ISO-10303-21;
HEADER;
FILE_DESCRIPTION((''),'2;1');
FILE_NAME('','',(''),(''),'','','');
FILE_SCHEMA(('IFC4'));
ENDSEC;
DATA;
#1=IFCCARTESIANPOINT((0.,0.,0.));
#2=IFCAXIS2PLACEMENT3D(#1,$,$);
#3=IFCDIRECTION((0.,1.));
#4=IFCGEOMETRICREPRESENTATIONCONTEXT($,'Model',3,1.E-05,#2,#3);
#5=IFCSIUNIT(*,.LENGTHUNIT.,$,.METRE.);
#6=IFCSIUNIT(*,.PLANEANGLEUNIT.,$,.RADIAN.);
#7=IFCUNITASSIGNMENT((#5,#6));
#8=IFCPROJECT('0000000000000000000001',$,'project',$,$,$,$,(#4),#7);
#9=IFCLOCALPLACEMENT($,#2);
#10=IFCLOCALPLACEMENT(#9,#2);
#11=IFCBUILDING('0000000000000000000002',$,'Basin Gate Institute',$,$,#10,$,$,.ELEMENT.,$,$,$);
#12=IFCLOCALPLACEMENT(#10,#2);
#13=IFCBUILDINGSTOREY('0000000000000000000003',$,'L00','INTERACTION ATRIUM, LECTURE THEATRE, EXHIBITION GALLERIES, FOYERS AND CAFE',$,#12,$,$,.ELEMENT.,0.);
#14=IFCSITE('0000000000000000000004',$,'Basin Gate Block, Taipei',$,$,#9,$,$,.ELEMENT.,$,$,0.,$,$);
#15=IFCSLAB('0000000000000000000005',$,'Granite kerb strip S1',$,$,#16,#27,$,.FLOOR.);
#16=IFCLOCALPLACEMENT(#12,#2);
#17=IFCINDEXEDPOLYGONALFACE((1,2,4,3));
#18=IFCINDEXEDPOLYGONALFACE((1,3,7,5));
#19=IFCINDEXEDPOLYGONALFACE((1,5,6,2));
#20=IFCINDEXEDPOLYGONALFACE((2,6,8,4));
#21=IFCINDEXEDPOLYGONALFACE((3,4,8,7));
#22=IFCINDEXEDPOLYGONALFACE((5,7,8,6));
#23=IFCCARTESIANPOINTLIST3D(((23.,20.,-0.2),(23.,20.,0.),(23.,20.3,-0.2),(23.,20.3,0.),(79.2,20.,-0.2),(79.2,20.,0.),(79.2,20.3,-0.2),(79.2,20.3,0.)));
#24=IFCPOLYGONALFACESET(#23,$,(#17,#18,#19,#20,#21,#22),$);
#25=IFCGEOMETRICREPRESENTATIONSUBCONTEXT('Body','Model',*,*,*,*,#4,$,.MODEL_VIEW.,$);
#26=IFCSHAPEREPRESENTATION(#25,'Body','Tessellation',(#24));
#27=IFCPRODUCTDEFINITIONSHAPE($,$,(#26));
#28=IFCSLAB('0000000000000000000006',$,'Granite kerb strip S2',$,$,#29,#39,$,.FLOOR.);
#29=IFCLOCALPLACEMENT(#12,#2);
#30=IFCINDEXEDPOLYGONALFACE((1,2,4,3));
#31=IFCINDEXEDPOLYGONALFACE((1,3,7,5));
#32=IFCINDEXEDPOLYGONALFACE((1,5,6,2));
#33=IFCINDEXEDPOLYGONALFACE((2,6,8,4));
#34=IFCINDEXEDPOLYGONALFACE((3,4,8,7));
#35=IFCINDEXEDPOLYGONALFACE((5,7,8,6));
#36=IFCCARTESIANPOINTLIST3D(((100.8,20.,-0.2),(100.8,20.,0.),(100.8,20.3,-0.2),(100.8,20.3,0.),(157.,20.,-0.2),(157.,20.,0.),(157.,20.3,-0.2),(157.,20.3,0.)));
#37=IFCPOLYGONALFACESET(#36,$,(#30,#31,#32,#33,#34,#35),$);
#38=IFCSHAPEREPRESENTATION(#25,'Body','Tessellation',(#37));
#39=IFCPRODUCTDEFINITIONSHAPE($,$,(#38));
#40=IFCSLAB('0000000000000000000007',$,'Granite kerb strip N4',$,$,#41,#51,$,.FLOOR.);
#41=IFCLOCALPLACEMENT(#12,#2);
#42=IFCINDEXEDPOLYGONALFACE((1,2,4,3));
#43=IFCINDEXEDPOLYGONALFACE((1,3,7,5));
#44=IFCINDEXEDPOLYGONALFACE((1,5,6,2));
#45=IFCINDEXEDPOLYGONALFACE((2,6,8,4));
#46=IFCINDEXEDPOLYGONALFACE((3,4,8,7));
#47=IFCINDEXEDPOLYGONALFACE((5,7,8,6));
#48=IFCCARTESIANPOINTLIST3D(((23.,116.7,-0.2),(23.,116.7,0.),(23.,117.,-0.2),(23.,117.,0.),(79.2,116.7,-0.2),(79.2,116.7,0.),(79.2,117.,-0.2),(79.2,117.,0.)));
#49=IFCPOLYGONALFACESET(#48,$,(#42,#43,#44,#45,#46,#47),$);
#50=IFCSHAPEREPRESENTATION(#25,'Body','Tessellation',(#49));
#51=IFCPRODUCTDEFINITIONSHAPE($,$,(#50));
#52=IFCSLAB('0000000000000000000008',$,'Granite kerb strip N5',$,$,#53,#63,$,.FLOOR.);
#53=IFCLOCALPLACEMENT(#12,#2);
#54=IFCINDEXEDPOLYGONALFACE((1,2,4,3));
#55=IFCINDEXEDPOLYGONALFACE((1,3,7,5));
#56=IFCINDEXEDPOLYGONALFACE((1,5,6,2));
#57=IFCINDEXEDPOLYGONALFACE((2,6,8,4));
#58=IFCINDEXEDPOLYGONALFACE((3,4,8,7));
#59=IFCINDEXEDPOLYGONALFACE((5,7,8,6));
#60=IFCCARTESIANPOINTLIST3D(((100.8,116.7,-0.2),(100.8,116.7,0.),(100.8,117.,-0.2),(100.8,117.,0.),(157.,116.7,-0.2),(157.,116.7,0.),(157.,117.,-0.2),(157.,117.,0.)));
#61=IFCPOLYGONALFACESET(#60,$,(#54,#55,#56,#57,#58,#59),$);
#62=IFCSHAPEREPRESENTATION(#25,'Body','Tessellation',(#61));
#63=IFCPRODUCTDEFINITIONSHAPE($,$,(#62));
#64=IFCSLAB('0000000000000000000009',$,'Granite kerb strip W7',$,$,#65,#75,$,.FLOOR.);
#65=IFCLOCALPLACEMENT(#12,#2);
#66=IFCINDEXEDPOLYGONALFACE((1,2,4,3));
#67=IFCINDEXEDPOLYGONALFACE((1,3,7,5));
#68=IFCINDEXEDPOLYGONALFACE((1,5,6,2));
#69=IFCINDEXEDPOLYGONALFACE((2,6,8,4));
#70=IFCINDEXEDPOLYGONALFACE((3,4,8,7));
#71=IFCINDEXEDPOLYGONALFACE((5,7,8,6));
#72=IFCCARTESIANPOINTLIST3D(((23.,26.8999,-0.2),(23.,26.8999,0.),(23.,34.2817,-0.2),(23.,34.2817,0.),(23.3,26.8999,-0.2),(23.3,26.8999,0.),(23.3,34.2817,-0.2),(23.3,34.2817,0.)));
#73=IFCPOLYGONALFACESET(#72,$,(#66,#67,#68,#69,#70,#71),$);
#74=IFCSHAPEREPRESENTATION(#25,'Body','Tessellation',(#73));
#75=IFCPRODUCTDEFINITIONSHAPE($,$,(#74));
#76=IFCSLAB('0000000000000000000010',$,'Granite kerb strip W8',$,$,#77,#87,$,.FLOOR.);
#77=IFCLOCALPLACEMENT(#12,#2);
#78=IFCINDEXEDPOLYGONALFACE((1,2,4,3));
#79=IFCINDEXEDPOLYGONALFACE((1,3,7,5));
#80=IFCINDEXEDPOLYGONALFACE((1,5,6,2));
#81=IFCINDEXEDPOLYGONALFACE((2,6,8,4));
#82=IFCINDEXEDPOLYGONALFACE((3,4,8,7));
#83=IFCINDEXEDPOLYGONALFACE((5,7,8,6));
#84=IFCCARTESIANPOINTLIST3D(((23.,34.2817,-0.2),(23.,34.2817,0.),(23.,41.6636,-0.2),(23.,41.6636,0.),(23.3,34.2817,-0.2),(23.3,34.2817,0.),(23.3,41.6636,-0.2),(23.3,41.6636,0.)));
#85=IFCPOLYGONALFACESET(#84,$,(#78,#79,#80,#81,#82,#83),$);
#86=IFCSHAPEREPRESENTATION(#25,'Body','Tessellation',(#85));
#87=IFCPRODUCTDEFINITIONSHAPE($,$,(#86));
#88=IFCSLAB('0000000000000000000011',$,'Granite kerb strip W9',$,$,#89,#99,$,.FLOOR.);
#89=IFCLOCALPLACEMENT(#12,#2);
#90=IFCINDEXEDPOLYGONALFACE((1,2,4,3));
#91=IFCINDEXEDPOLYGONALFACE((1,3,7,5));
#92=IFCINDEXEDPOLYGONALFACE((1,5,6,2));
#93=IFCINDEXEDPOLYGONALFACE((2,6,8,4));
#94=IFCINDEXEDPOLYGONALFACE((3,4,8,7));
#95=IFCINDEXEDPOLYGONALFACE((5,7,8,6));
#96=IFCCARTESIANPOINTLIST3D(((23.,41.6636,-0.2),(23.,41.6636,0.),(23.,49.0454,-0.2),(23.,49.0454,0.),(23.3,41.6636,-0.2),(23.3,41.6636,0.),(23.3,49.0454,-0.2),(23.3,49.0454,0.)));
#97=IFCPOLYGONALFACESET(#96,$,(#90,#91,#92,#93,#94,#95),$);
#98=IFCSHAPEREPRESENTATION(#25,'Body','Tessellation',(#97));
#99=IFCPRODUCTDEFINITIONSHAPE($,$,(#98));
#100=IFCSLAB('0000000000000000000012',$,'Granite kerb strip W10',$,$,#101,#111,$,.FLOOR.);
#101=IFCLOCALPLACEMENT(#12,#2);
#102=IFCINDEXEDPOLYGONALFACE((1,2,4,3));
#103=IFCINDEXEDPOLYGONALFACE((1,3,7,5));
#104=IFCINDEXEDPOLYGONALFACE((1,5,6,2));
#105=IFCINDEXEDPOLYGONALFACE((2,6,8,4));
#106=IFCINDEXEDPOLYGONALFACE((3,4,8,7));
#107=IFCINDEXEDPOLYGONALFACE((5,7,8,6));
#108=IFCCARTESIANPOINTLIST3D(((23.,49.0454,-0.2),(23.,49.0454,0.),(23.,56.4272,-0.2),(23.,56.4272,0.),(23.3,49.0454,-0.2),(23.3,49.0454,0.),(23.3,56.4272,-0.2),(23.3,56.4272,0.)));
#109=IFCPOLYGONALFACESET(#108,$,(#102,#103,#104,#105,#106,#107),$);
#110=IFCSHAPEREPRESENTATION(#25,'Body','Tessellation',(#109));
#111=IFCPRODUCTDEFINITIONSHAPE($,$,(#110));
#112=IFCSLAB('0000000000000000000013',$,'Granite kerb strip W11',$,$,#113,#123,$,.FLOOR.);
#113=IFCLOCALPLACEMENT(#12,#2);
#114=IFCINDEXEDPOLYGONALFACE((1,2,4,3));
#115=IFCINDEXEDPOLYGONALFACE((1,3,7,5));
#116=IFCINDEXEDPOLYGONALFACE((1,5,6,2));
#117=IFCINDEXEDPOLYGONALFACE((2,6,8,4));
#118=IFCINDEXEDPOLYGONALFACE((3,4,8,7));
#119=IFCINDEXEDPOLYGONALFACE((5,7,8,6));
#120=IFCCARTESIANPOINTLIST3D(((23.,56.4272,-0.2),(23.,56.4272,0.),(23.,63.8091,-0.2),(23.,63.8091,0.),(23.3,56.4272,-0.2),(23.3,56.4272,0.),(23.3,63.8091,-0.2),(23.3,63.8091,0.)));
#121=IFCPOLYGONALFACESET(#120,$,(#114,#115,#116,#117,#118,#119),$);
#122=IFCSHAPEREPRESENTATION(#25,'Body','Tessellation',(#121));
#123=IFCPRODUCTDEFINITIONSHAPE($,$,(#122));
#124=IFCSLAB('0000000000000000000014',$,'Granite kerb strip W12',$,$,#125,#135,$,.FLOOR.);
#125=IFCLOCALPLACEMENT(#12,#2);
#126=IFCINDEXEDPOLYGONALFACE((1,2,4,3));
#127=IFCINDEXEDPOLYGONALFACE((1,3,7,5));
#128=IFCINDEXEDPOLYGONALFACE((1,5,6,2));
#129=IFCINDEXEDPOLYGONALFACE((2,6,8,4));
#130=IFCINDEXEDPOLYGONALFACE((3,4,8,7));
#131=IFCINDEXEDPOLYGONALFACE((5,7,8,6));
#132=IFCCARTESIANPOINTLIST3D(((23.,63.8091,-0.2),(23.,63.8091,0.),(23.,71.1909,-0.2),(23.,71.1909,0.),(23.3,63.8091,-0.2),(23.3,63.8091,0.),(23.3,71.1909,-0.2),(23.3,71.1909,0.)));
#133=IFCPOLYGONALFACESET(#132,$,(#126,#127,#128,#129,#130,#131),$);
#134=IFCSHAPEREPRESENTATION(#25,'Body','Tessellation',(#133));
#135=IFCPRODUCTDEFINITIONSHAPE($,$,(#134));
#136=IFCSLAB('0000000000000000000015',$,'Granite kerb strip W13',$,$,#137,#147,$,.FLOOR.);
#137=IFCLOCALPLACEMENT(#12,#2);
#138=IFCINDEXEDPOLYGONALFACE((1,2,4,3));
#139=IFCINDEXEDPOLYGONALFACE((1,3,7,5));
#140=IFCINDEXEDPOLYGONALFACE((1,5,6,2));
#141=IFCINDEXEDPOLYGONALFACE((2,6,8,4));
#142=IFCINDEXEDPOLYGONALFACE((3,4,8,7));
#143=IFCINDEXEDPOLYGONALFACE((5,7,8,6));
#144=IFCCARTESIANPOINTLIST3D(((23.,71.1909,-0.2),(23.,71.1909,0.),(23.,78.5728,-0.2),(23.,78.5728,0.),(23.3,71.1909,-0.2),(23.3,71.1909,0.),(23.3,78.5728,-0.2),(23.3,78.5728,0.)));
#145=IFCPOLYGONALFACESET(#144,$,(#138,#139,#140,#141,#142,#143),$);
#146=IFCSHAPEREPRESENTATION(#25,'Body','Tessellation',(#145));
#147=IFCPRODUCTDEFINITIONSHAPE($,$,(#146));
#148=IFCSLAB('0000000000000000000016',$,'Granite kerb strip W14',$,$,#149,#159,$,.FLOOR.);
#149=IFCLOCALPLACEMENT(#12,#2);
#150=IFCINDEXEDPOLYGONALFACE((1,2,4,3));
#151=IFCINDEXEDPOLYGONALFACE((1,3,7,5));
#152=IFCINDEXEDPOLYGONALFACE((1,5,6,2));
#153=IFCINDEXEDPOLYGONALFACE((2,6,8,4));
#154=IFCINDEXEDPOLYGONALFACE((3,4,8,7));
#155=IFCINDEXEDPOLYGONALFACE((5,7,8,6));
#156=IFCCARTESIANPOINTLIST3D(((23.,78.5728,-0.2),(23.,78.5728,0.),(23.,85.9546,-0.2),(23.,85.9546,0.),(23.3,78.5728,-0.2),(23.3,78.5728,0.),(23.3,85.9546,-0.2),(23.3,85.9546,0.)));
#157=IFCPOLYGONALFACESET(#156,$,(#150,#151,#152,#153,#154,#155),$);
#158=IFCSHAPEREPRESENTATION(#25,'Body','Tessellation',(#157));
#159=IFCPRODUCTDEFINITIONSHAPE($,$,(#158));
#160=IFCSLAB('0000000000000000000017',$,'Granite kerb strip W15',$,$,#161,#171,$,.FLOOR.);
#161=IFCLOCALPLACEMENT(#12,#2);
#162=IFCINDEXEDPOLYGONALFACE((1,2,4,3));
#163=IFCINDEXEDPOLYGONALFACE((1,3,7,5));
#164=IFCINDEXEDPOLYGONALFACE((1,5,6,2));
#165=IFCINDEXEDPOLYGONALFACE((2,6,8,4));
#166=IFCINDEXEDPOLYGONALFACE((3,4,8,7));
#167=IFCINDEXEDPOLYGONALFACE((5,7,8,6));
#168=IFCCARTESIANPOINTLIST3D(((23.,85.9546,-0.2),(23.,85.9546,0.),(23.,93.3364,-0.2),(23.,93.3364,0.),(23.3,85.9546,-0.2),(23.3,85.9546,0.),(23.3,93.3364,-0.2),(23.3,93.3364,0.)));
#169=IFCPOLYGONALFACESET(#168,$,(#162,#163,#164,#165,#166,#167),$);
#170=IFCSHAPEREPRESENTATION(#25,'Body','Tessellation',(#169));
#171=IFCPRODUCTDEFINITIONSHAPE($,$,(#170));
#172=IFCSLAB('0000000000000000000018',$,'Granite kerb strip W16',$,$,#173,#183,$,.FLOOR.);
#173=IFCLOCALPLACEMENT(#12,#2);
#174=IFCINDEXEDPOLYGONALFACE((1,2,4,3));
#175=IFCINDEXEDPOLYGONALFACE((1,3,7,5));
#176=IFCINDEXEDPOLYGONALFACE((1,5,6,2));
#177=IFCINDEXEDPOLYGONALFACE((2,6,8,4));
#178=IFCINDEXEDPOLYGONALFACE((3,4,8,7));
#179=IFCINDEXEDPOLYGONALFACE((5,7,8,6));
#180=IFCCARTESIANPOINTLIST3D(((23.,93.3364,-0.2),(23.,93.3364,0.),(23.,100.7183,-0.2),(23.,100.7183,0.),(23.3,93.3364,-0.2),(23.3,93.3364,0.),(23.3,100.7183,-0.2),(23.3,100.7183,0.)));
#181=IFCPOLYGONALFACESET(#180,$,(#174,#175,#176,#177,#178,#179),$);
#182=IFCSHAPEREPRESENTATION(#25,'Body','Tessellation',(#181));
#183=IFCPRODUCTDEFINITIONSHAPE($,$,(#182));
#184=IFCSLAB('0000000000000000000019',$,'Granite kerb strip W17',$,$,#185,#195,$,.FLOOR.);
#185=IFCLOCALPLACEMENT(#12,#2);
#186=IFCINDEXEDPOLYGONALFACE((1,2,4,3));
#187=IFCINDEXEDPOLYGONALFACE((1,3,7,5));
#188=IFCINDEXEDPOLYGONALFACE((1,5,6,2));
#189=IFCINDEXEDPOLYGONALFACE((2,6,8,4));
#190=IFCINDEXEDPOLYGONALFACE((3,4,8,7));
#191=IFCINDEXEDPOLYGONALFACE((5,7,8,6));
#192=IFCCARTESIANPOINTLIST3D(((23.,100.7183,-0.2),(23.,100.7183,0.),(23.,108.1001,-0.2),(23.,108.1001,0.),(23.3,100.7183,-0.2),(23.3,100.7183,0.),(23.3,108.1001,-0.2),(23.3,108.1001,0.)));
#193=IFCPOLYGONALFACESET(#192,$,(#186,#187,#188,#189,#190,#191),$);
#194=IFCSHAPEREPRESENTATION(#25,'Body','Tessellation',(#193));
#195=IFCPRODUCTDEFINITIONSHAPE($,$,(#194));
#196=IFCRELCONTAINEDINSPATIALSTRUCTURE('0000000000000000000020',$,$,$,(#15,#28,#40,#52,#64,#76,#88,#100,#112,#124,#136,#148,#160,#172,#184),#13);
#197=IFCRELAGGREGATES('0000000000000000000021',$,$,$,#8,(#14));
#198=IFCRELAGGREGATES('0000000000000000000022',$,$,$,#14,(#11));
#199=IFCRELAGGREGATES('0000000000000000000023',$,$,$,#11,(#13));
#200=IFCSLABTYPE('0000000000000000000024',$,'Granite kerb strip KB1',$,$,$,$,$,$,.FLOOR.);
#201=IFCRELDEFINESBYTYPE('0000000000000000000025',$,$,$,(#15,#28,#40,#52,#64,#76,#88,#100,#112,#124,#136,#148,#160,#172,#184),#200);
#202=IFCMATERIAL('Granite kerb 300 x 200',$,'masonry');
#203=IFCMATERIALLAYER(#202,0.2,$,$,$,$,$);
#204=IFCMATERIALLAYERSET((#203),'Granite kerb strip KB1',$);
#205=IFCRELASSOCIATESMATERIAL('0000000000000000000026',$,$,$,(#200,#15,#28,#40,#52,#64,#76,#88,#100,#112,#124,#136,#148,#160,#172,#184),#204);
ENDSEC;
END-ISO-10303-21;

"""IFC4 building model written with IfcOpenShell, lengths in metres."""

from ifc_helpers import new_model, si_unit, direction, frame, origin, place, context, subcontext, project, spatial, polyline, outline, extrude, material, layer, layer_set, type_object, element, save


model = new_model("IFC4")

# Units and contexts
model_context = context("Model", 3, precision=1e-05, world=origin(), true_north=direction((0.0, 1.0)))
body_context = subcontext(model_context, "Body", "Model", "MODEL_VIEW")
ifc_project = project(units=[si_unit("LENGTHUNIT", "METRE"), si_unit("PLANEANGLEUNIT", "RADIAN")], contexts=[model_context])

# Site, building, storey
site_placement = place(None, origin())
site = spatial("IfcSite", under=ifc_project, at=site_placement, Name="Basin Gate Block, Taipei", CompositionType="ELEMENT", RefElevation=0.0)
building_placement = place(site_placement, origin())
building = spatial("IfcBuilding", under=site, at=building_placement, Name="Basin Gate Institute", CompositionType="ELEMENT")
storey_placement = place(building_placement, origin())
storey = spatial("IfcBuildingStorey", under=building, at=storey_placement, Name="L00", Description="INTERACTION ATRIUM, LECTURE THEATRE, EXHIBITION GALLERIES, FOYERS AND CAFE", CompositionType="ELEMENT", Elevation=0.0)

# Slabs
ifc_material_1 = material(Name="Granite kerb 300 x 200", Category="masonry")
ifc_layer_1 = layer(ifc_material_1, 0.2)
ifc_layer_set_1 = layer_set([ifc_layer_1], Name="Granite kerb strip KB1")
slab_type_1 = type_object("IfcSlabType", Name="Granite kerb strip KB1", PredefinedType="FLOOR", material=ifc_layer_set_1)
slab_1_placement = place(storey_placement, frame((0.0, 0.0, -0.2)))
element("IfcSlab", 1, at=slab_1_placement, inside=storey, type_object=slab_type_1, material=ifc_layer_set_1, Name="Granite kerb strip S1", PredefinedType="FLOOR", context=body_context, shape_type="SweptSolid", body=[
    extrude(outline(polyline([(23.0, 20.0), (23.0, 20.3), (79.2, 20.3), (79.2, 20.0), (23.0, 20.0)])), origin(), (0.0, 0.0, 1.0), 0.2),
])
slab_2_placement = place(storey_placement, frame((0.0, 0.0, -0.2)))
element("IfcSlab", 2, at=slab_2_placement, inside=storey, type_object=slab_type_1, material=ifc_layer_set_1, Name="Granite kerb strip S2", PredefinedType="FLOOR", context=body_context, shape_type="SweptSolid", body=[
    extrude(outline(polyline([(100.8, 20.0), (100.8, 20.3), (157.0, 20.3), (157.0, 20.0), (100.8, 20.0)])), origin(), (0.0, 0.0, 1.0), 0.2),
])
slab_3_placement = place(storey_placement, frame((0.0, 0.0, -0.2)))
element("IfcSlab", 3, at=slab_3_placement, inside=storey, type_object=slab_type_1, material=ifc_layer_set_1, Name="Granite kerb strip N4", PredefinedType="FLOOR", context=body_context, shape_type="SweptSolid", body=[
    extrude(outline(polyline([(23.0, 116.7), (23.0, 117.0), (79.2, 117.0), (79.2, 116.7), (23.0, 116.7)])), origin(), (0.0, 0.0, 1.0), 0.2),
])
slab_4_placement = place(storey_placement, frame((0.0, 0.0, -0.2)))
element("IfcSlab", 4, at=slab_4_placement, inside=storey, type_object=slab_type_1, material=ifc_layer_set_1, Name="Granite kerb strip N5", PredefinedType="FLOOR", context=body_context, shape_type="SweptSolid", body=[
    extrude(outline(polyline([(100.8, 116.7), (100.8, 117.0), (157.0, 117.0), (157.0, 116.7), (100.8, 116.7)])), origin(), (0.0, 0.0, 1.0), 0.2),
])
slab_5_placement = place(storey_placement, frame((0.0, 0.0, -0.2)))
element("IfcSlab", 5, at=slab_5_placement, inside=storey, type_object=slab_type_1, material=ifc_layer_set_1, Name="Granite kerb strip W7", PredefinedType="FLOOR", context=body_context, shape_type="SweptSolid", body=[
    extrude(outline(polyline([(23.0, 26.8999), (23.0, 34.2817), (23.3, 34.2817), (23.3, 26.8999), (23.0, 26.8999)])), origin(), (0.0, 0.0, 1.0), 0.2),
])
slab_6_placement = place(storey_placement, frame((0.0, 0.0, -0.2)))
element("IfcSlab", 6, at=slab_6_placement, inside=storey, type_object=slab_type_1, material=ifc_layer_set_1, Name="Granite kerb strip W8", PredefinedType="FLOOR", context=body_context, shape_type="SweptSolid", body=[
    extrude(outline(polyline([(23.0, 34.2817), (23.0, 41.6636), (23.3, 41.6636), (23.3, 34.2817), (23.0, 34.2817)])), origin(), (0.0, 0.0, 1.0), 0.2),
])
slab_7_placement = place(storey_placement, frame((0.0, 0.0, -0.2)))
element("IfcSlab", 7, at=slab_7_placement, inside=storey, type_object=slab_type_1, material=ifc_layer_set_1, Name="Granite kerb strip W9", PredefinedType="FLOOR", context=body_context, shape_type="SweptSolid", body=[
    extrude(outline(polyline([(23.0, 41.6636), (23.0, 49.0454), (23.3, 49.0454), (23.3, 41.6636), (23.0, 41.6636)])), origin(), (0.0, 0.0, 1.0), 0.2),
])
slab_8_placement = place(storey_placement, frame((0.0, 0.0, -0.2)))
element("IfcSlab", 8, at=slab_8_placement, inside=storey, type_object=slab_type_1, material=ifc_layer_set_1, Name="Granite kerb strip W10", PredefinedType="FLOOR", context=body_context, shape_type="SweptSolid", body=[
    extrude(outline(polyline([(23.0, 49.0454), (23.0, 56.4272), (23.3, 56.4272), (23.3, 49.0454), (23.0, 49.0454)])), origin(), (0.0, 0.0, 1.0), 0.2),
])
slab_9_placement = place(storey_placement, frame((0.0, 0.0, -0.2)))
element("IfcSlab", 9, at=slab_9_placement, inside=storey, type_object=slab_type_1, material=ifc_layer_set_1, Name="Granite kerb strip W11", PredefinedType="FLOOR", context=body_context, shape_type="SweptSolid", body=[
    extrude(outline(polyline([(23.0, 56.4272), (23.0, 63.8091), (23.3, 63.8091), (23.3, 56.4272), (23.0, 56.4272)])), origin(), (0.0, 0.0, 1.0), 0.2),
])
slab_10_placement = place(storey_placement, frame((0.0, 0.0, -0.2)))
element("IfcSlab", 10, at=slab_10_placement, inside=storey, type_object=slab_type_1, material=ifc_layer_set_1, Name="Granite kerb strip W12", PredefinedType="FLOOR", context=body_context, shape_type="SweptSolid", body=[
    extrude(outline(polyline([(23.0, 63.8091), (23.0, 71.1909), (23.3, 71.1909), (23.3, 63.8091), (23.0, 63.8091)])), origin(), (0.0, 0.0, 1.0), 0.2),
])
slab_11_placement = place(storey_placement, frame((0.0, 0.0, -0.2)))
element("IfcSlab", 11, at=slab_11_placement, inside=storey, type_object=slab_type_1, material=ifc_layer_set_1, Name="Granite kerb strip W13", PredefinedType="FLOOR", context=body_context, shape_type="SweptSolid", body=[
    extrude(outline(polyline([(23.0, 71.1909), (23.0, 78.5728), (23.3, 78.5728), (23.3, 71.1909), (23.0, 71.1909)])), origin(), (0.0, 0.0, 1.0), 0.2),
])
slab_12_placement = place(storey_placement, frame((0.0, 0.0, -0.2)))
element("IfcSlab", 12, at=slab_12_placement, inside=storey, type_object=slab_type_1, material=ifc_layer_set_1, Name="Granite kerb strip W14", PredefinedType="FLOOR", context=body_context, shape_type="SweptSolid", body=[
    extrude(outline(polyline([(23.0, 78.5728), (23.0, 85.9546), (23.3, 85.9546), (23.3, 78.5728), (23.0, 78.5728)])), origin(), (0.0, 0.0, 1.0), 0.2),
])
slab_13_placement = place(storey_placement, frame((0.0, 0.0, -0.2)))
element("IfcSlab", 13, at=slab_13_placement, inside=storey, type_object=slab_type_1, material=ifc_layer_set_1, Name="Granite kerb strip W15", PredefinedType="FLOOR", context=body_context, shape_type="SweptSolid", body=[
    extrude(outline(polyline([(23.0, 85.9546), (23.0, 93.3364), (23.3, 93.3364), (23.3, 85.9546), (23.0, 85.9546)])), origin(), (0.0, 0.0, 1.0), 0.2),
])
slab_14_placement = place(storey_placement, frame((0.0, 0.0, -0.2)))
element("IfcSlab", 14, at=slab_14_placement, inside=storey, type_object=slab_type_1, material=ifc_layer_set_1, Name="Granite kerb strip W16", PredefinedType="FLOOR", context=body_context, shape_type="SweptSolid", body=[
    extrude(outline(polyline([(23.0, 93.3364), (23.0, 100.7183), (23.3, 100.7183), (23.3, 93.3364), (23.0, 93.3364)])), origin(), (0.0, 0.0, 1.0), 0.2),
])
slab_15_placement = place(storey_placement, frame((0.0, 0.0, -0.2)))
element("IfcSlab", 15, at=slab_15_placement, inside=storey, type_object=slab_type_1, material=ifc_layer_set_1, Name="Granite kerb strip W17", PredefinedType="FLOOR", context=body_context, shape_type="SweptSolid", body=[
    extrude(outline(polyline([(23.0, 100.7183), (23.0, 108.1001), (23.3, 108.1001), (23.3, 100.7183), (23.0, 100.7183)])), origin(), (0.0, 0.0, 1.0), 0.2),
])

save(model, "model.ifc")
